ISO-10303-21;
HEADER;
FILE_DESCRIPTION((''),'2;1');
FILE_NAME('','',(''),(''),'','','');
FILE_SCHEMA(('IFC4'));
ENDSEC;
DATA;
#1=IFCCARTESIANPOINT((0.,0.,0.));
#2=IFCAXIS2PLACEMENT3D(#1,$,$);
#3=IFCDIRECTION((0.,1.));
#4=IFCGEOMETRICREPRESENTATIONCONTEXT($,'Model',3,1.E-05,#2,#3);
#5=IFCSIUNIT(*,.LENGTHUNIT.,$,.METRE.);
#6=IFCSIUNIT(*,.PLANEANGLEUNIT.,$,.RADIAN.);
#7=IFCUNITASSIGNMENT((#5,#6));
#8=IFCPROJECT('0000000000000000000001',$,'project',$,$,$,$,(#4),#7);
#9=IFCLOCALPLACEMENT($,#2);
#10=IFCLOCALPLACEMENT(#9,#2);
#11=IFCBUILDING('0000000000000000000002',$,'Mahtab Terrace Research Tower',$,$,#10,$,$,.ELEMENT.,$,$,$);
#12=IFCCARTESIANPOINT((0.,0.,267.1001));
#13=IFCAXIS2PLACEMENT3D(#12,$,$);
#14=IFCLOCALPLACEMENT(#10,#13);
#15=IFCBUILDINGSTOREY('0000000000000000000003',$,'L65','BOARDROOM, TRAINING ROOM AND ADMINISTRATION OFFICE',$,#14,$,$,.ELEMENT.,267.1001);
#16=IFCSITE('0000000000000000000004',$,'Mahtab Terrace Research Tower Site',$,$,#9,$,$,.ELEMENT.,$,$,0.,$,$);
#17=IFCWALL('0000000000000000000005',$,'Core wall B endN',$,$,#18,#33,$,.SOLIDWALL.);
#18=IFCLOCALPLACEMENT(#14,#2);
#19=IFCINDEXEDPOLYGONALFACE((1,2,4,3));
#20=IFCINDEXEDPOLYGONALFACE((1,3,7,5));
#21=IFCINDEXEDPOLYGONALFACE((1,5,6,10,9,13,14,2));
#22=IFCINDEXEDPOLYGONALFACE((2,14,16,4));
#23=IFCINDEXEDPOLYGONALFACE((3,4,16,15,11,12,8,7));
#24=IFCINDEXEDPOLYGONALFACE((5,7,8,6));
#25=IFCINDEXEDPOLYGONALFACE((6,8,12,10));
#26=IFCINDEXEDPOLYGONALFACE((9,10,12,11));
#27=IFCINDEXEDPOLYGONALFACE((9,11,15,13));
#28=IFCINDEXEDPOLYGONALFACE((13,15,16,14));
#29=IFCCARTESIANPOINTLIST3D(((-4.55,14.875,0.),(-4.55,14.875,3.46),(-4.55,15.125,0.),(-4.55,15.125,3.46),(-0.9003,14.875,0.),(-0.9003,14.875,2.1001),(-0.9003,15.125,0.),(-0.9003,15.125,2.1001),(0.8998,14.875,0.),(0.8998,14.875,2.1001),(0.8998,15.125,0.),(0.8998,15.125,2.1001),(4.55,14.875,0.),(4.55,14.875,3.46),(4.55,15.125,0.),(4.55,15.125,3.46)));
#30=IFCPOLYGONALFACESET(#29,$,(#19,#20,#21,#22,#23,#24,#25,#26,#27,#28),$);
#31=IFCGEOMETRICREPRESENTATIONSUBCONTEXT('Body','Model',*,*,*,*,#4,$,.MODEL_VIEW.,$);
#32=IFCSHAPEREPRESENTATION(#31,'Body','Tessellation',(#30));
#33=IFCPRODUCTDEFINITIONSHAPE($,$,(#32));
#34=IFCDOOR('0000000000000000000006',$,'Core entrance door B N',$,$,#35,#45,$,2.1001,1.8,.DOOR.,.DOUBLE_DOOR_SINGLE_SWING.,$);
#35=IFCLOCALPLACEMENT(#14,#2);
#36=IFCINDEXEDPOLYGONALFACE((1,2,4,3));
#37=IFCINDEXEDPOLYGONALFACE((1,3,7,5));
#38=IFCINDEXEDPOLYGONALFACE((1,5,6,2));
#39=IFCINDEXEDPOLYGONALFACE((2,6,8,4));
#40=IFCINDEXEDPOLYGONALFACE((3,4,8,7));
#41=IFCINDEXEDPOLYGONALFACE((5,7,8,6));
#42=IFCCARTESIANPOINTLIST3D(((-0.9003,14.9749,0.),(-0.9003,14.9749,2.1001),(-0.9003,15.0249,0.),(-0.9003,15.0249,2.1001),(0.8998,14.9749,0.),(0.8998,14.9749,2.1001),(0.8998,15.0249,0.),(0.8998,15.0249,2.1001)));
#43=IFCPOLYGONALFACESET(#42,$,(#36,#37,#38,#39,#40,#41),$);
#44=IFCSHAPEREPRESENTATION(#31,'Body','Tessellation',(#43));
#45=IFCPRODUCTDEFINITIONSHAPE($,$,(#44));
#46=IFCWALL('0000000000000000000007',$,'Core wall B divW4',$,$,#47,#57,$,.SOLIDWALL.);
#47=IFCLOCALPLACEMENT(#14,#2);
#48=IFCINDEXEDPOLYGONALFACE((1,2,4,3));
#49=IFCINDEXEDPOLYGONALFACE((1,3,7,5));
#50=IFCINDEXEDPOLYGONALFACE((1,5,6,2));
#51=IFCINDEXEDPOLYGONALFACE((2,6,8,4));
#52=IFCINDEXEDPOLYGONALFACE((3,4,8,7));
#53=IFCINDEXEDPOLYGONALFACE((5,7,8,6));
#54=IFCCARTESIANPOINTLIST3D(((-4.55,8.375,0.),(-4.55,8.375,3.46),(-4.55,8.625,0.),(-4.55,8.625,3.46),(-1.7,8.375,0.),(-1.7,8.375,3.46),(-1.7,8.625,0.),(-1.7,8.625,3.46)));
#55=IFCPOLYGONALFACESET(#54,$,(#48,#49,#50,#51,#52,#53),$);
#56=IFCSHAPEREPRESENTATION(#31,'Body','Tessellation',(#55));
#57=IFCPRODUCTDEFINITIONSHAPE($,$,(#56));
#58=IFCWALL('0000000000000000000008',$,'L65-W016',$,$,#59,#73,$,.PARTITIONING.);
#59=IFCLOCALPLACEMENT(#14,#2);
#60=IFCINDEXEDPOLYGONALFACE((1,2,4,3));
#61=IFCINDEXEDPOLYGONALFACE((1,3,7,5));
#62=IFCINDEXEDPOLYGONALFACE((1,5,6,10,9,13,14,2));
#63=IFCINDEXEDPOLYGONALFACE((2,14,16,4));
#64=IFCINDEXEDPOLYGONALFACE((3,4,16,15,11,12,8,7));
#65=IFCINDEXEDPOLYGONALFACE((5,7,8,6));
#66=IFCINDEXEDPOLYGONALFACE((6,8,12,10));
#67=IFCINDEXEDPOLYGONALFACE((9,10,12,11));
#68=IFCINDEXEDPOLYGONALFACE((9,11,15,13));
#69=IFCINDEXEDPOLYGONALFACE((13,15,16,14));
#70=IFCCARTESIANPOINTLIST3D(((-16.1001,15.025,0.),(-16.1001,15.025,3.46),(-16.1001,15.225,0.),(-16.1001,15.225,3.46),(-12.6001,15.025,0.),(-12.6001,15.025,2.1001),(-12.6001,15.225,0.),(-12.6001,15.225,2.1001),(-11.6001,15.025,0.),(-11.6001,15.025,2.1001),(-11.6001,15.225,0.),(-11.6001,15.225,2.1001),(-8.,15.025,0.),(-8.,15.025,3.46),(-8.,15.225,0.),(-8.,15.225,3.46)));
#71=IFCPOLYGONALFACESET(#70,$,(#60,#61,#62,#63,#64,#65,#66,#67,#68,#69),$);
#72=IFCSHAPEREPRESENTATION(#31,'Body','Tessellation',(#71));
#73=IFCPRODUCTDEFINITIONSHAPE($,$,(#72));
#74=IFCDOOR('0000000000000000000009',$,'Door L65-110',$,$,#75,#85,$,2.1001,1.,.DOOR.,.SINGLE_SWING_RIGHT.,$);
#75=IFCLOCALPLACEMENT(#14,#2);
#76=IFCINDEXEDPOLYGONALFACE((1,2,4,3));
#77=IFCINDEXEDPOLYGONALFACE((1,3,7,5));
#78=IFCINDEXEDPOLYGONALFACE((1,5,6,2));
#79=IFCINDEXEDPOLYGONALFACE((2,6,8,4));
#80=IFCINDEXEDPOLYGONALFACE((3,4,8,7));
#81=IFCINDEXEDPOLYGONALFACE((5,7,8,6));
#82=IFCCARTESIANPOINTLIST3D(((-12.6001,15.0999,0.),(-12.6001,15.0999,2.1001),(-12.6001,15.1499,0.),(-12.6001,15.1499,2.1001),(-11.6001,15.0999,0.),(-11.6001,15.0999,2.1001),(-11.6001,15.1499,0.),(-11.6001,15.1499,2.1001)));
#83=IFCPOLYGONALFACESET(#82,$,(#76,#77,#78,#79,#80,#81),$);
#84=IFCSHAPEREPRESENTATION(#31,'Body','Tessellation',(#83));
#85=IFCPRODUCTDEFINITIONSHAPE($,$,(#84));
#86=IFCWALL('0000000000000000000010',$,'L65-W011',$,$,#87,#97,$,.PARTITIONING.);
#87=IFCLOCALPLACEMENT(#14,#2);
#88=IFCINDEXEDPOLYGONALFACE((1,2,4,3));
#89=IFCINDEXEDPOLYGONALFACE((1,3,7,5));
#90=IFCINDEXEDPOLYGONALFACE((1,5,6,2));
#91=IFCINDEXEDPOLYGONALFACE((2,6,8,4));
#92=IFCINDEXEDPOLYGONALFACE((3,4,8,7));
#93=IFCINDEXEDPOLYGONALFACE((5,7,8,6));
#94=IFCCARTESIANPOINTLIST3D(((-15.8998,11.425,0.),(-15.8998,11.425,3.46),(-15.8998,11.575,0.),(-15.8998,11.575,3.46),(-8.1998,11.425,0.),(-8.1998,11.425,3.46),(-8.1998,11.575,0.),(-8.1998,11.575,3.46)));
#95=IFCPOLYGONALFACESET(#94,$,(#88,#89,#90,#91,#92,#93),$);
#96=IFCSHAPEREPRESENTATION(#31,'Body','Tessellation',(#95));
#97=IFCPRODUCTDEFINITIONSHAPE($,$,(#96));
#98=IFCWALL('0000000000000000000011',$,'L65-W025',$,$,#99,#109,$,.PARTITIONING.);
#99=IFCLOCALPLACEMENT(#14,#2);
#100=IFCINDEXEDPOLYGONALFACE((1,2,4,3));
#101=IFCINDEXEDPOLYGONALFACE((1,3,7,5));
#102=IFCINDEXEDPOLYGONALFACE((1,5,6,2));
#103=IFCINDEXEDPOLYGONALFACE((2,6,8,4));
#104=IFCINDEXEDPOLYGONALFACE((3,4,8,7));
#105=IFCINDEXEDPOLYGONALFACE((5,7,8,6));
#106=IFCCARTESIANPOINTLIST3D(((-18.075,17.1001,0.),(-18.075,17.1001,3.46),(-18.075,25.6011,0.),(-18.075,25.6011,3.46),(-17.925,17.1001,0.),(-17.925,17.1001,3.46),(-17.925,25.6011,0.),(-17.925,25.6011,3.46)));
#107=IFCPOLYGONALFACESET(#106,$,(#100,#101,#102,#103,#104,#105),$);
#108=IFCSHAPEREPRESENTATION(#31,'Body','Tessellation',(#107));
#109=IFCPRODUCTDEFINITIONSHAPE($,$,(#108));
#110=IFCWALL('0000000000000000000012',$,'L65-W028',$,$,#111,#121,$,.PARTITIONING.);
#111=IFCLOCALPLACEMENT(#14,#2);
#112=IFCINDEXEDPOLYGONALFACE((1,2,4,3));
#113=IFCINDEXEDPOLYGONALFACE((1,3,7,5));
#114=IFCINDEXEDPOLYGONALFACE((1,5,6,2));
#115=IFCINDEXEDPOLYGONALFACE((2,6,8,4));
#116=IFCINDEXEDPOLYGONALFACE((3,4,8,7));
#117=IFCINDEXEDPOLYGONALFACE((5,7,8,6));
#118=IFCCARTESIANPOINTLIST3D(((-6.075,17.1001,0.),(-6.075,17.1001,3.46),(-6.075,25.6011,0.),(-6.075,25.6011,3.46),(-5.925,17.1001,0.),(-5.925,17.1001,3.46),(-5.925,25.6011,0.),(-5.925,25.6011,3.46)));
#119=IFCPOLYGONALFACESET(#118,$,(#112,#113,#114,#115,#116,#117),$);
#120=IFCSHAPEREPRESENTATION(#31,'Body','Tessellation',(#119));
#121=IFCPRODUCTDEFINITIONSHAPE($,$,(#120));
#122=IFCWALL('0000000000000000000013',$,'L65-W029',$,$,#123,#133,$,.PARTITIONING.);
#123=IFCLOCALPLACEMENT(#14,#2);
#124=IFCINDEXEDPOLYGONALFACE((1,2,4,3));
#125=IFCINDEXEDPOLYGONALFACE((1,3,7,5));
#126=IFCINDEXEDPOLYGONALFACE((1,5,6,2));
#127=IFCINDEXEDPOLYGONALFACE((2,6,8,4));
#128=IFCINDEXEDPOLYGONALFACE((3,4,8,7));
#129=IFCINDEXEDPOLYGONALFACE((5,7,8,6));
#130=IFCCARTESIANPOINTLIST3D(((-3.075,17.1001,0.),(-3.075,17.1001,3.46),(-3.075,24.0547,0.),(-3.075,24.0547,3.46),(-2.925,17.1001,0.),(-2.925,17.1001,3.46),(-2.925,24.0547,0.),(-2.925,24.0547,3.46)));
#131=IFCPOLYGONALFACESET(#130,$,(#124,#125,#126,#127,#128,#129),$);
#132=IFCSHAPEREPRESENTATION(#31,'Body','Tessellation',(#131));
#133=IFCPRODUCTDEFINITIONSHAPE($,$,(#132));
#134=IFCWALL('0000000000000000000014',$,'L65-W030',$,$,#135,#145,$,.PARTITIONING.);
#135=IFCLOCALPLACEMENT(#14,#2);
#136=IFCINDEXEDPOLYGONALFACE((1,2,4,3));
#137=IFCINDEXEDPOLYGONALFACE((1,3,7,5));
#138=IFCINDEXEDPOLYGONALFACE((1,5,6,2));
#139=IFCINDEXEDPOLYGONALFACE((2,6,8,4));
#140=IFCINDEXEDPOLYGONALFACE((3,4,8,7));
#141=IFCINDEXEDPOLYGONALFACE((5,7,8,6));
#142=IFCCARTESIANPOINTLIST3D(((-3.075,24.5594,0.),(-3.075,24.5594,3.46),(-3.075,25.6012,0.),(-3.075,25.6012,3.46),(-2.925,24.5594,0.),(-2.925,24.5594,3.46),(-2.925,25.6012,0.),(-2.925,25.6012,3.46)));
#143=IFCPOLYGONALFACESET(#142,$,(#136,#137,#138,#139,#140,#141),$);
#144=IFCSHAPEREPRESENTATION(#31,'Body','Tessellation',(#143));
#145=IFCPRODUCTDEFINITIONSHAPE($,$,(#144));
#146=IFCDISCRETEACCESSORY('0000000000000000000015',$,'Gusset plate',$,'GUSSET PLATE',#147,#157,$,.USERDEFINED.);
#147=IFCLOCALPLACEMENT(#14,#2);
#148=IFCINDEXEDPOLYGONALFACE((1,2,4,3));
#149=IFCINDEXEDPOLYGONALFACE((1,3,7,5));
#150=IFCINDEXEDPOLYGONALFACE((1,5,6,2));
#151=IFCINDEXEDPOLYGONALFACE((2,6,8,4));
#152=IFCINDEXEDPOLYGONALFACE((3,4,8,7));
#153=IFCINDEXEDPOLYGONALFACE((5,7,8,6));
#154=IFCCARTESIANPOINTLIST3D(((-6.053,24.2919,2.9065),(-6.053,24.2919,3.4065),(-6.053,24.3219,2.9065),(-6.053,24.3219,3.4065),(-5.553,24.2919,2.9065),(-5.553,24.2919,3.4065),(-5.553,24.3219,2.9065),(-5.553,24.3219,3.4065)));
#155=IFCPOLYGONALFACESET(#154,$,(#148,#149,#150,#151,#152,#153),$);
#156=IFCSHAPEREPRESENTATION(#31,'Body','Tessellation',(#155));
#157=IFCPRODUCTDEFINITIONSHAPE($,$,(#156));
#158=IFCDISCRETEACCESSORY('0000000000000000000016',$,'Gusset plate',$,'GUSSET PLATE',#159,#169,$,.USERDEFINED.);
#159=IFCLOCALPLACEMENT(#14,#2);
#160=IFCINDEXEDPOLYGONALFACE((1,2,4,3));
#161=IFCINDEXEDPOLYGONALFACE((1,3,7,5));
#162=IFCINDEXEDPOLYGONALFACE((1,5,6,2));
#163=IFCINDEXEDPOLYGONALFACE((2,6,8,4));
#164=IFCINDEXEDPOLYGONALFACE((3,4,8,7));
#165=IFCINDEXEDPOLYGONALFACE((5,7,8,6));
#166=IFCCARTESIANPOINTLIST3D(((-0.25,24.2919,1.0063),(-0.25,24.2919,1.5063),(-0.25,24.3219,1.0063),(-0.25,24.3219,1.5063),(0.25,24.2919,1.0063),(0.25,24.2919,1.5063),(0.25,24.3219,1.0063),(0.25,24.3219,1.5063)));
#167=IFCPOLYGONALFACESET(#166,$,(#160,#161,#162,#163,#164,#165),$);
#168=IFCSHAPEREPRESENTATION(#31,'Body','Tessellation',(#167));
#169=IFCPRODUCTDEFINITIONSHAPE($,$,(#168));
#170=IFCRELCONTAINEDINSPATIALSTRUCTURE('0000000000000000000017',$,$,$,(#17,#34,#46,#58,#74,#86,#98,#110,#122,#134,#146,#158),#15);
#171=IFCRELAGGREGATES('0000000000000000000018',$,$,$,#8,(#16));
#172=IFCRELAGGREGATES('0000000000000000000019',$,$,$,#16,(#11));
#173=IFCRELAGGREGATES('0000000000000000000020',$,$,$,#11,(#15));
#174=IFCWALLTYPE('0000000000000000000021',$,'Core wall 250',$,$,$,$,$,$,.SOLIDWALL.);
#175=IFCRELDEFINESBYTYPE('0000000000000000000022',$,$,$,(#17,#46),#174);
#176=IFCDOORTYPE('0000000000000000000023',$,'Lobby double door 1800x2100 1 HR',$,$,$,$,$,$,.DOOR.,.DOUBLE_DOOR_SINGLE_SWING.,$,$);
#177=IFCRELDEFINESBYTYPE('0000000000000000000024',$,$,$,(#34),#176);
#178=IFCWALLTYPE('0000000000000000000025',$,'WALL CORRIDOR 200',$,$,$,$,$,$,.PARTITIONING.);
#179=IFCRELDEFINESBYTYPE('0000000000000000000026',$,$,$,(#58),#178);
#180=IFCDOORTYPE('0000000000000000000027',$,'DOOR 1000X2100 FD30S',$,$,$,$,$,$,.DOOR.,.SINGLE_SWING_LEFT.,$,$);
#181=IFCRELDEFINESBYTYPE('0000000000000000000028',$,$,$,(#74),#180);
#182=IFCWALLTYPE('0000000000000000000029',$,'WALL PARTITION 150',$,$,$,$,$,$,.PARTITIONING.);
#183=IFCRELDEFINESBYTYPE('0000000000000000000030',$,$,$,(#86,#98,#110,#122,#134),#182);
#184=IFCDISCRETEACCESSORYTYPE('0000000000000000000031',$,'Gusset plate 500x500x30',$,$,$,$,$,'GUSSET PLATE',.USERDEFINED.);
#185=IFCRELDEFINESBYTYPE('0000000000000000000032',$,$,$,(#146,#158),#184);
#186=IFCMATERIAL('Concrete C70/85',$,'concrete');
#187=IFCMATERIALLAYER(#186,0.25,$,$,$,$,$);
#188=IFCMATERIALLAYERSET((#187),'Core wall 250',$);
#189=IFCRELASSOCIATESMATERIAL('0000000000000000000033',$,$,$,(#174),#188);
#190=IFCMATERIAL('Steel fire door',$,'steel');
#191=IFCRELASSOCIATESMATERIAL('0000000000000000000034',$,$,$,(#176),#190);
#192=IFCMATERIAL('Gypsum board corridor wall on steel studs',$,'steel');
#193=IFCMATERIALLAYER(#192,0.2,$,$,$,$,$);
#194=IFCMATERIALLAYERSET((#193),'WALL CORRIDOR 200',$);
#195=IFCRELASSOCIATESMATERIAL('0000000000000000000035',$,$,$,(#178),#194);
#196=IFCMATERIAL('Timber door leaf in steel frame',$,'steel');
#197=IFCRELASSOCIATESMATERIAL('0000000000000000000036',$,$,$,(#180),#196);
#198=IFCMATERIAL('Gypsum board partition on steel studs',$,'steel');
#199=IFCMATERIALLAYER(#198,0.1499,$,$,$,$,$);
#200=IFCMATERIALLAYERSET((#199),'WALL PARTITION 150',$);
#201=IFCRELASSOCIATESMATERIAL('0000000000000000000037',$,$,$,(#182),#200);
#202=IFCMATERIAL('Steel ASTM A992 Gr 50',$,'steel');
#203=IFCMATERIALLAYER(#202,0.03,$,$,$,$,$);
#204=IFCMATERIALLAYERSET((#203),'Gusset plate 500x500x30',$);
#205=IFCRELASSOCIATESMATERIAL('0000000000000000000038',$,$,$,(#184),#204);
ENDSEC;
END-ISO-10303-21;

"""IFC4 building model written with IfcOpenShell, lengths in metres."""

from ifc_helpers import new_model, si_unit, direction, frame, frame_2d, origin, origin_2d, place, context, subcontext, project, spatial, rectangle, extrude, material, layer, layer_set, type_object, element, fill, save


model = new_model("IFC4")

# Units and contexts
model_context = context("Model", 3, precision=1e-05, world=origin(), true_north=direction((0.0, 1.0)))
body_context = subcontext(model_context, "Body", "Model", "MODEL_VIEW")
ifc_project = project(units=[si_unit("LENGTHUNIT", "METRE"), si_unit("PLANEANGLEUNIT", "RADIAN")], contexts=[model_context])

# Site, building, storey
site_placement = place(None, origin())
site = spatial("IfcSite", under=ifc_project, at=site_placement, Name="Mahtab Terrace Research Tower Site", CompositionType="ELEMENT", RefElevation=0.0)
building_placement = place(site_placement, origin())
building = spatial("IfcBuilding", under=site, at=building_placement, Name="Mahtab Terrace Research Tower", CompositionType="ELEMENT")
storey_placement = place(building_placement, frame((0.0, 0.0, 267.1001)))
storey = spatial("IfcBuildingStorey", under=building, at=storey_placement, Name="L65", Description="BOARDROOM, TRAINING ROOM AND ADMINISTRATION OFFICE", CompositionType="ELEMENT", Elevation=267.1001)

# Shared definitions
ifc_material_1 = material(Name="Concrete C70/85", Category="concrete")
ifc_material_2 = material(Name="Steel ASTM A992 Gr 50", Category="steel")

# Shared definitions
ifc_layer_1 = layer(ifc_material_1, 0.25)
ifc_layer_set_1 = layer_set([ifc_layer_1], Name="Core wall 250")
wall_type_1 = type_object("IfcWallType", Name="Core wall 250", PredefinedType="SOLIDWALL", material=ifc_layer_set_1)

# Wall, opening, door
wall_1_placement = place(storey_placement, frame((-4.55, 15.0, 0.0), z_axis=(0.0, 0.0, 1.0), x_axis=(1.0, 0.0, 0.0)))
wall_1 = element("IfcWall", 1, at=wall_1_placement, inside=storey, type_object=wall_type_1, Name="Core wall B endN", PredefinedType="SOLIDWALL", context=body_context, shape_type="SweptSolid", body=[
    extrude(rectangle(XDim=9.1001, YDim=0.25, at=frame_2d((4.55, 0.0))), origin(), (0.0, 0.0, 1.0), 3.46),
])
opening_1_placement = place(wall_1_placement, frame((3.6499, 0.0, 0.0)))
opening_1 = element("IfcOpeningElement", 2, at=opening_1_placement, cuts=wall_1, PredefinedType="OPENING", context=body_context, shape_type="SweptSolid", body=[
    extrude(rectangle(XDim=1.8, YDim=2.1001, at=frame_2d((0.8999, 1.05))), frame((0.0, 0.135, 0.0), z_axis=(0.0, -1.0, 0.0), x_axis=(1.0, 0.0, 0.0)), (0.0, 0.0, 1.0), 0.27),
])
ifc_material_3 = material(Name="Steel fire door", Category="steel")
door_type_1 = type_object("IfcDoorType", Name="Lobby double door 1800x2100 1 HR", OperationType="DOUBLE_DOOR_SINGLE_SWING", PredefinedType="DOOR", material=ifc_material_3)
door_1_placement = place(opening_1_placement, origin())
door_1 = element("IfcDoor", 3, at=door_1_placement, inside=storey, type_object=door_type_1, Name="Core entrance door B N", OperationType="DOUBLE_DOOR_SINGLE_SWING", OverallHeight=2.1001, OverallWidth=1.8, PredefinedType="DOOR", context=body_context, shape_type="SweptSolid", body=[
    extrude(rectangle(XDim=1.8, YDim=2.1001, at=frame_2d((0.8999, 1.05))), frame((0.0, 0.0249, 0.0), z_axis=(0.0, -1.0, 0.0), x_axis=(1.0, 0.0, 0.0)), (0.0, 0.0, 1.0), 0.05),
])
fill(opening_1, door_1)

# Wall
wall_2_placement = place(storey_placement, frame((-4.55, 8.5, 0.0), z_axis=(0.0, 0.0, 1.0), x_axis=(1.0, 0.0, 0.0)))
element("IfcWall", 4, at=wall_2_placement, inside=storey, type_object=wall_type_1, Name="Core wall B divW4", PredefinedType="SOLIDWALL", context=body_context, shape_type="SweptSolid", body=[
    extrude(rectangle(XDim=2.8501, YDim=0.25, at=frame_2d((1.425, 0.0))), origin(), (0.0, 0.0, 1.0), 3.46),
])

# Wall, opening, door
ifc_material_4 = material(Name="Gypsum board corridor wall on steel studs", Category="steel")
ifc_layer_2 = layer(ifc_material_4, 0.2)
ifc_layer_set_2 = layer_set([ifc_layer_2], Name="WALL CORRIDOR 200")
wall_type_2 = type_object("IfcWallType", Name="WALL CORRIDOR 200", PredefinedType="PARTITIONING", material=ifc_layer_set_2)
wall_3_placement = place(storey_placement, frame((-16.1001, 15.125, 0.0), z_axis=(0.0, 0.0, 1.0), x_axis=(1.0, 0.0, 0.0)))
wall_3 = element("IfcWall", 5, at=wall_3_placement, inside=storey, type_object=wall_type_2, Name="L65-W016", PredefinedType="PARTITIONING", context=body_context, shape_type="SweptSolid", body=[
    extrude(rectangle(XDim=8.1001, YDim=0.2, at=frame_2d((4.05, 0.0))), origin(), (0.0, 0.0, 1.0), 3.46),
])
opening_2_placement = place(wall_3_placement, frame((3.5, 0.0, 0.0)))
opening_2 = element("IfcOpeningElement", 6, at=opening_2_placement, cuts=wall_3, PredefinedType="OPENING", context=body_context, shape_type="SweptSolid", body=[
    extrude(rectangle(XDim=1.0, YDim=2.1001, at=frame_2d((0.5, 1.05))), frame((0.0, 0.1099, 0.0), z_axis=(0.0, -1.0, 0.0), x_axis=(1.0, 0.0, 0.0)), (0.0, 0.0, 1.0), 0.22),
])
ifc_material_5 = material(Name="Timber door leaf in steel frame", Category="steel")
door_type_2 = type_object("IfcDoorType", Name="DOOR 1000X2100 FD30S", OperationType="SINGLE_SWING_LEFT", PredefinedType="DOOR", material=ifc_material_5)
door_2_placement = place(opening_2_placement, origin())
door_2 = element("IfcDoor", 7, at=door_2_placement, inside=storey, type_object=door_type_2, Name="Door L65-110", OperationType="SINGLE_SWING_RIGHT", OverallHeight=2.1001, OverallWidth=1.0, PredefinedType="DOOR", context=body_context, shape_type="SweptSolid", body=[
    extrude(rectangle(XDim=1.0, YDim=2.1001, at=frame_2d((0.5, 1.05))), frame((0.0, 0.0249, 0.0), z_axis=(0.0, -1.0, 0.0), x_axis=(1.0, 0.0, 0.0)), (0.0, 0.0, 1.0), 0.05),
])
fill(opening_2, door_2)

# Walls
ifc_material_6 = material(Name="Gypsum board partition on steel studs", Category="steel")
ifc_layer_3 = layer(ifc_material_6, 0.1499)
ifc_layer_set_3 = layer_set([ifc_layer_3], Name="WALL PARTITION 150")
wall_type_3 = type_object("IfcWallType", Name="WALL PARTITION 150", PredefinedType="PARTITIONING", material=ifc_layer_set_3)
wall_4_placement = place(storey_placement, frame((-15.8999, 11.5, 0.0), z_axis=(0.0, 0.0, 1.0), x_axis=(1.0, 0.0, 0.0)))
element("IfcWall", 8, at=wall_4_placement, inside=storey, type_object=wall_type_3, Name="L65-W011", PredefinedType="PARTITIONING", context=body_context, shape_type="SweptSolid", body=[
    extrude(rectangle(XDim=7.7, YDim=0.1499, at=frame_2d((3.8501, 0.0))), origin(), (0.0, 0.0, 1.0), 3.46),
])
for number, where, z_axis, x_axis, name in (
    (9, (-18.0, 17.1001, 0.0), (0.0, 0.0, 1.0), (0.0, 1.0, 0.0), "L65-W025"),
    (10, (-6.0, 17.1001, 0.0), (0.0, 0.0, 1.0), (0.0, 1.0, 0.0), "L65-W028"),
):
    element("IfcWall", number, at=place(storey_placement, frame(where, z_axis=z_axis, x_axis=x_axis)), inside=storey, type_object=wall_type_3, Name=name, PredefinedType="PARTITIONING", context=body_context, shape_type="SweptSolid", body=[
        extrude(rectangle(XDim=8.501, YDim=0.1499, at=frame_2d((4.2505, 0.0))), origin(), (0.0, 0.0, 1.0), 3.46),
    ])
wall_5_placement = place(storey_placement, frame((-3.0, 17.1001, 0.0), z_axis=(0.0, 0.0, 1.0), x_axis=(0.0, 1.0, 0.0)))
element("IfcWall", 11, at=wall_5_placement, inside=storey, type_object=wall_type_3, Name="L65-W029", PredefinedType="PARTITIONING", context=body_context, shape_type="SweptSolid", body=[
    extrude(rectangle(XDim=6.9546, YDim=0.1499, at=frame_2d((3.4773, 0.0))), origin(), (0.0, 0.0, 1.0), 3.46),
])
wall_6_placement = place(storey_placement, frame((-3.0, 24.5593, 0.0), z_axis=(0.0, 0.0, 1.0), x_axis=(0.0, 1.0, 0.0)))
element("IfcWall", 12, at=wall_6_placement, inside=storey, type_object=wall_type_3, Name="L65-W030", PredefinedType="PARTITIONING", context=body_context, shape_type="SweptSolid", body=[
    extrude(rectangle(XDim=1.0417, YDim=0.1499, at=frame_2d((0.521, 0.0))), origin(), (0.0, 0.0, 1.0), 3.46),
])

# Discrete accessories
ifc_layer_4 = layer(ifc_material_2, 0.03)
ifc_layer_set_4 = layer_set([ifc_layer_4], Name="Gusset plate 500x500x30")
discrete_accessory_type = type_object("IfcDiscreteAccessoryType", Name="Gusset plate 500x500x30", ElementType="GUSSET PLATE", PredefinedType="USERDEFINED", material=ifc_layer_set_4)
for number, where, z_axis, x_axis, name in (
    (13, (-5.803, 24.3069, 2.9065), (0.0, 0.0, 1.0), (1.0, 0.0, 0.0), "Gusset plate"),
    (14, (0.0, 24.3069, 1.0063), (0.0, 0.0, 1.0), (1.0, 0.0, 0.0), "Gusset plate"),
):
    element("IfcDiscreteAccessory", number, at=place(storey_placement, frame(where, z_axis=z_axis, x_axis=x_axis)), inside=storey, type_object=discrete_accessory_type, Name=name, ObjectType="GUSSET PLATE", PredefinedType="USERDEFINED", context=body_context, shape_type="SweptSolid", body=[
        extrude(rectangle(XDim=0.5, YDim=0.03, at=origin_2d()), origin(), (0.0, 0.0, 1.0), 0.5),
    ])

save(model, "model.ifc")
